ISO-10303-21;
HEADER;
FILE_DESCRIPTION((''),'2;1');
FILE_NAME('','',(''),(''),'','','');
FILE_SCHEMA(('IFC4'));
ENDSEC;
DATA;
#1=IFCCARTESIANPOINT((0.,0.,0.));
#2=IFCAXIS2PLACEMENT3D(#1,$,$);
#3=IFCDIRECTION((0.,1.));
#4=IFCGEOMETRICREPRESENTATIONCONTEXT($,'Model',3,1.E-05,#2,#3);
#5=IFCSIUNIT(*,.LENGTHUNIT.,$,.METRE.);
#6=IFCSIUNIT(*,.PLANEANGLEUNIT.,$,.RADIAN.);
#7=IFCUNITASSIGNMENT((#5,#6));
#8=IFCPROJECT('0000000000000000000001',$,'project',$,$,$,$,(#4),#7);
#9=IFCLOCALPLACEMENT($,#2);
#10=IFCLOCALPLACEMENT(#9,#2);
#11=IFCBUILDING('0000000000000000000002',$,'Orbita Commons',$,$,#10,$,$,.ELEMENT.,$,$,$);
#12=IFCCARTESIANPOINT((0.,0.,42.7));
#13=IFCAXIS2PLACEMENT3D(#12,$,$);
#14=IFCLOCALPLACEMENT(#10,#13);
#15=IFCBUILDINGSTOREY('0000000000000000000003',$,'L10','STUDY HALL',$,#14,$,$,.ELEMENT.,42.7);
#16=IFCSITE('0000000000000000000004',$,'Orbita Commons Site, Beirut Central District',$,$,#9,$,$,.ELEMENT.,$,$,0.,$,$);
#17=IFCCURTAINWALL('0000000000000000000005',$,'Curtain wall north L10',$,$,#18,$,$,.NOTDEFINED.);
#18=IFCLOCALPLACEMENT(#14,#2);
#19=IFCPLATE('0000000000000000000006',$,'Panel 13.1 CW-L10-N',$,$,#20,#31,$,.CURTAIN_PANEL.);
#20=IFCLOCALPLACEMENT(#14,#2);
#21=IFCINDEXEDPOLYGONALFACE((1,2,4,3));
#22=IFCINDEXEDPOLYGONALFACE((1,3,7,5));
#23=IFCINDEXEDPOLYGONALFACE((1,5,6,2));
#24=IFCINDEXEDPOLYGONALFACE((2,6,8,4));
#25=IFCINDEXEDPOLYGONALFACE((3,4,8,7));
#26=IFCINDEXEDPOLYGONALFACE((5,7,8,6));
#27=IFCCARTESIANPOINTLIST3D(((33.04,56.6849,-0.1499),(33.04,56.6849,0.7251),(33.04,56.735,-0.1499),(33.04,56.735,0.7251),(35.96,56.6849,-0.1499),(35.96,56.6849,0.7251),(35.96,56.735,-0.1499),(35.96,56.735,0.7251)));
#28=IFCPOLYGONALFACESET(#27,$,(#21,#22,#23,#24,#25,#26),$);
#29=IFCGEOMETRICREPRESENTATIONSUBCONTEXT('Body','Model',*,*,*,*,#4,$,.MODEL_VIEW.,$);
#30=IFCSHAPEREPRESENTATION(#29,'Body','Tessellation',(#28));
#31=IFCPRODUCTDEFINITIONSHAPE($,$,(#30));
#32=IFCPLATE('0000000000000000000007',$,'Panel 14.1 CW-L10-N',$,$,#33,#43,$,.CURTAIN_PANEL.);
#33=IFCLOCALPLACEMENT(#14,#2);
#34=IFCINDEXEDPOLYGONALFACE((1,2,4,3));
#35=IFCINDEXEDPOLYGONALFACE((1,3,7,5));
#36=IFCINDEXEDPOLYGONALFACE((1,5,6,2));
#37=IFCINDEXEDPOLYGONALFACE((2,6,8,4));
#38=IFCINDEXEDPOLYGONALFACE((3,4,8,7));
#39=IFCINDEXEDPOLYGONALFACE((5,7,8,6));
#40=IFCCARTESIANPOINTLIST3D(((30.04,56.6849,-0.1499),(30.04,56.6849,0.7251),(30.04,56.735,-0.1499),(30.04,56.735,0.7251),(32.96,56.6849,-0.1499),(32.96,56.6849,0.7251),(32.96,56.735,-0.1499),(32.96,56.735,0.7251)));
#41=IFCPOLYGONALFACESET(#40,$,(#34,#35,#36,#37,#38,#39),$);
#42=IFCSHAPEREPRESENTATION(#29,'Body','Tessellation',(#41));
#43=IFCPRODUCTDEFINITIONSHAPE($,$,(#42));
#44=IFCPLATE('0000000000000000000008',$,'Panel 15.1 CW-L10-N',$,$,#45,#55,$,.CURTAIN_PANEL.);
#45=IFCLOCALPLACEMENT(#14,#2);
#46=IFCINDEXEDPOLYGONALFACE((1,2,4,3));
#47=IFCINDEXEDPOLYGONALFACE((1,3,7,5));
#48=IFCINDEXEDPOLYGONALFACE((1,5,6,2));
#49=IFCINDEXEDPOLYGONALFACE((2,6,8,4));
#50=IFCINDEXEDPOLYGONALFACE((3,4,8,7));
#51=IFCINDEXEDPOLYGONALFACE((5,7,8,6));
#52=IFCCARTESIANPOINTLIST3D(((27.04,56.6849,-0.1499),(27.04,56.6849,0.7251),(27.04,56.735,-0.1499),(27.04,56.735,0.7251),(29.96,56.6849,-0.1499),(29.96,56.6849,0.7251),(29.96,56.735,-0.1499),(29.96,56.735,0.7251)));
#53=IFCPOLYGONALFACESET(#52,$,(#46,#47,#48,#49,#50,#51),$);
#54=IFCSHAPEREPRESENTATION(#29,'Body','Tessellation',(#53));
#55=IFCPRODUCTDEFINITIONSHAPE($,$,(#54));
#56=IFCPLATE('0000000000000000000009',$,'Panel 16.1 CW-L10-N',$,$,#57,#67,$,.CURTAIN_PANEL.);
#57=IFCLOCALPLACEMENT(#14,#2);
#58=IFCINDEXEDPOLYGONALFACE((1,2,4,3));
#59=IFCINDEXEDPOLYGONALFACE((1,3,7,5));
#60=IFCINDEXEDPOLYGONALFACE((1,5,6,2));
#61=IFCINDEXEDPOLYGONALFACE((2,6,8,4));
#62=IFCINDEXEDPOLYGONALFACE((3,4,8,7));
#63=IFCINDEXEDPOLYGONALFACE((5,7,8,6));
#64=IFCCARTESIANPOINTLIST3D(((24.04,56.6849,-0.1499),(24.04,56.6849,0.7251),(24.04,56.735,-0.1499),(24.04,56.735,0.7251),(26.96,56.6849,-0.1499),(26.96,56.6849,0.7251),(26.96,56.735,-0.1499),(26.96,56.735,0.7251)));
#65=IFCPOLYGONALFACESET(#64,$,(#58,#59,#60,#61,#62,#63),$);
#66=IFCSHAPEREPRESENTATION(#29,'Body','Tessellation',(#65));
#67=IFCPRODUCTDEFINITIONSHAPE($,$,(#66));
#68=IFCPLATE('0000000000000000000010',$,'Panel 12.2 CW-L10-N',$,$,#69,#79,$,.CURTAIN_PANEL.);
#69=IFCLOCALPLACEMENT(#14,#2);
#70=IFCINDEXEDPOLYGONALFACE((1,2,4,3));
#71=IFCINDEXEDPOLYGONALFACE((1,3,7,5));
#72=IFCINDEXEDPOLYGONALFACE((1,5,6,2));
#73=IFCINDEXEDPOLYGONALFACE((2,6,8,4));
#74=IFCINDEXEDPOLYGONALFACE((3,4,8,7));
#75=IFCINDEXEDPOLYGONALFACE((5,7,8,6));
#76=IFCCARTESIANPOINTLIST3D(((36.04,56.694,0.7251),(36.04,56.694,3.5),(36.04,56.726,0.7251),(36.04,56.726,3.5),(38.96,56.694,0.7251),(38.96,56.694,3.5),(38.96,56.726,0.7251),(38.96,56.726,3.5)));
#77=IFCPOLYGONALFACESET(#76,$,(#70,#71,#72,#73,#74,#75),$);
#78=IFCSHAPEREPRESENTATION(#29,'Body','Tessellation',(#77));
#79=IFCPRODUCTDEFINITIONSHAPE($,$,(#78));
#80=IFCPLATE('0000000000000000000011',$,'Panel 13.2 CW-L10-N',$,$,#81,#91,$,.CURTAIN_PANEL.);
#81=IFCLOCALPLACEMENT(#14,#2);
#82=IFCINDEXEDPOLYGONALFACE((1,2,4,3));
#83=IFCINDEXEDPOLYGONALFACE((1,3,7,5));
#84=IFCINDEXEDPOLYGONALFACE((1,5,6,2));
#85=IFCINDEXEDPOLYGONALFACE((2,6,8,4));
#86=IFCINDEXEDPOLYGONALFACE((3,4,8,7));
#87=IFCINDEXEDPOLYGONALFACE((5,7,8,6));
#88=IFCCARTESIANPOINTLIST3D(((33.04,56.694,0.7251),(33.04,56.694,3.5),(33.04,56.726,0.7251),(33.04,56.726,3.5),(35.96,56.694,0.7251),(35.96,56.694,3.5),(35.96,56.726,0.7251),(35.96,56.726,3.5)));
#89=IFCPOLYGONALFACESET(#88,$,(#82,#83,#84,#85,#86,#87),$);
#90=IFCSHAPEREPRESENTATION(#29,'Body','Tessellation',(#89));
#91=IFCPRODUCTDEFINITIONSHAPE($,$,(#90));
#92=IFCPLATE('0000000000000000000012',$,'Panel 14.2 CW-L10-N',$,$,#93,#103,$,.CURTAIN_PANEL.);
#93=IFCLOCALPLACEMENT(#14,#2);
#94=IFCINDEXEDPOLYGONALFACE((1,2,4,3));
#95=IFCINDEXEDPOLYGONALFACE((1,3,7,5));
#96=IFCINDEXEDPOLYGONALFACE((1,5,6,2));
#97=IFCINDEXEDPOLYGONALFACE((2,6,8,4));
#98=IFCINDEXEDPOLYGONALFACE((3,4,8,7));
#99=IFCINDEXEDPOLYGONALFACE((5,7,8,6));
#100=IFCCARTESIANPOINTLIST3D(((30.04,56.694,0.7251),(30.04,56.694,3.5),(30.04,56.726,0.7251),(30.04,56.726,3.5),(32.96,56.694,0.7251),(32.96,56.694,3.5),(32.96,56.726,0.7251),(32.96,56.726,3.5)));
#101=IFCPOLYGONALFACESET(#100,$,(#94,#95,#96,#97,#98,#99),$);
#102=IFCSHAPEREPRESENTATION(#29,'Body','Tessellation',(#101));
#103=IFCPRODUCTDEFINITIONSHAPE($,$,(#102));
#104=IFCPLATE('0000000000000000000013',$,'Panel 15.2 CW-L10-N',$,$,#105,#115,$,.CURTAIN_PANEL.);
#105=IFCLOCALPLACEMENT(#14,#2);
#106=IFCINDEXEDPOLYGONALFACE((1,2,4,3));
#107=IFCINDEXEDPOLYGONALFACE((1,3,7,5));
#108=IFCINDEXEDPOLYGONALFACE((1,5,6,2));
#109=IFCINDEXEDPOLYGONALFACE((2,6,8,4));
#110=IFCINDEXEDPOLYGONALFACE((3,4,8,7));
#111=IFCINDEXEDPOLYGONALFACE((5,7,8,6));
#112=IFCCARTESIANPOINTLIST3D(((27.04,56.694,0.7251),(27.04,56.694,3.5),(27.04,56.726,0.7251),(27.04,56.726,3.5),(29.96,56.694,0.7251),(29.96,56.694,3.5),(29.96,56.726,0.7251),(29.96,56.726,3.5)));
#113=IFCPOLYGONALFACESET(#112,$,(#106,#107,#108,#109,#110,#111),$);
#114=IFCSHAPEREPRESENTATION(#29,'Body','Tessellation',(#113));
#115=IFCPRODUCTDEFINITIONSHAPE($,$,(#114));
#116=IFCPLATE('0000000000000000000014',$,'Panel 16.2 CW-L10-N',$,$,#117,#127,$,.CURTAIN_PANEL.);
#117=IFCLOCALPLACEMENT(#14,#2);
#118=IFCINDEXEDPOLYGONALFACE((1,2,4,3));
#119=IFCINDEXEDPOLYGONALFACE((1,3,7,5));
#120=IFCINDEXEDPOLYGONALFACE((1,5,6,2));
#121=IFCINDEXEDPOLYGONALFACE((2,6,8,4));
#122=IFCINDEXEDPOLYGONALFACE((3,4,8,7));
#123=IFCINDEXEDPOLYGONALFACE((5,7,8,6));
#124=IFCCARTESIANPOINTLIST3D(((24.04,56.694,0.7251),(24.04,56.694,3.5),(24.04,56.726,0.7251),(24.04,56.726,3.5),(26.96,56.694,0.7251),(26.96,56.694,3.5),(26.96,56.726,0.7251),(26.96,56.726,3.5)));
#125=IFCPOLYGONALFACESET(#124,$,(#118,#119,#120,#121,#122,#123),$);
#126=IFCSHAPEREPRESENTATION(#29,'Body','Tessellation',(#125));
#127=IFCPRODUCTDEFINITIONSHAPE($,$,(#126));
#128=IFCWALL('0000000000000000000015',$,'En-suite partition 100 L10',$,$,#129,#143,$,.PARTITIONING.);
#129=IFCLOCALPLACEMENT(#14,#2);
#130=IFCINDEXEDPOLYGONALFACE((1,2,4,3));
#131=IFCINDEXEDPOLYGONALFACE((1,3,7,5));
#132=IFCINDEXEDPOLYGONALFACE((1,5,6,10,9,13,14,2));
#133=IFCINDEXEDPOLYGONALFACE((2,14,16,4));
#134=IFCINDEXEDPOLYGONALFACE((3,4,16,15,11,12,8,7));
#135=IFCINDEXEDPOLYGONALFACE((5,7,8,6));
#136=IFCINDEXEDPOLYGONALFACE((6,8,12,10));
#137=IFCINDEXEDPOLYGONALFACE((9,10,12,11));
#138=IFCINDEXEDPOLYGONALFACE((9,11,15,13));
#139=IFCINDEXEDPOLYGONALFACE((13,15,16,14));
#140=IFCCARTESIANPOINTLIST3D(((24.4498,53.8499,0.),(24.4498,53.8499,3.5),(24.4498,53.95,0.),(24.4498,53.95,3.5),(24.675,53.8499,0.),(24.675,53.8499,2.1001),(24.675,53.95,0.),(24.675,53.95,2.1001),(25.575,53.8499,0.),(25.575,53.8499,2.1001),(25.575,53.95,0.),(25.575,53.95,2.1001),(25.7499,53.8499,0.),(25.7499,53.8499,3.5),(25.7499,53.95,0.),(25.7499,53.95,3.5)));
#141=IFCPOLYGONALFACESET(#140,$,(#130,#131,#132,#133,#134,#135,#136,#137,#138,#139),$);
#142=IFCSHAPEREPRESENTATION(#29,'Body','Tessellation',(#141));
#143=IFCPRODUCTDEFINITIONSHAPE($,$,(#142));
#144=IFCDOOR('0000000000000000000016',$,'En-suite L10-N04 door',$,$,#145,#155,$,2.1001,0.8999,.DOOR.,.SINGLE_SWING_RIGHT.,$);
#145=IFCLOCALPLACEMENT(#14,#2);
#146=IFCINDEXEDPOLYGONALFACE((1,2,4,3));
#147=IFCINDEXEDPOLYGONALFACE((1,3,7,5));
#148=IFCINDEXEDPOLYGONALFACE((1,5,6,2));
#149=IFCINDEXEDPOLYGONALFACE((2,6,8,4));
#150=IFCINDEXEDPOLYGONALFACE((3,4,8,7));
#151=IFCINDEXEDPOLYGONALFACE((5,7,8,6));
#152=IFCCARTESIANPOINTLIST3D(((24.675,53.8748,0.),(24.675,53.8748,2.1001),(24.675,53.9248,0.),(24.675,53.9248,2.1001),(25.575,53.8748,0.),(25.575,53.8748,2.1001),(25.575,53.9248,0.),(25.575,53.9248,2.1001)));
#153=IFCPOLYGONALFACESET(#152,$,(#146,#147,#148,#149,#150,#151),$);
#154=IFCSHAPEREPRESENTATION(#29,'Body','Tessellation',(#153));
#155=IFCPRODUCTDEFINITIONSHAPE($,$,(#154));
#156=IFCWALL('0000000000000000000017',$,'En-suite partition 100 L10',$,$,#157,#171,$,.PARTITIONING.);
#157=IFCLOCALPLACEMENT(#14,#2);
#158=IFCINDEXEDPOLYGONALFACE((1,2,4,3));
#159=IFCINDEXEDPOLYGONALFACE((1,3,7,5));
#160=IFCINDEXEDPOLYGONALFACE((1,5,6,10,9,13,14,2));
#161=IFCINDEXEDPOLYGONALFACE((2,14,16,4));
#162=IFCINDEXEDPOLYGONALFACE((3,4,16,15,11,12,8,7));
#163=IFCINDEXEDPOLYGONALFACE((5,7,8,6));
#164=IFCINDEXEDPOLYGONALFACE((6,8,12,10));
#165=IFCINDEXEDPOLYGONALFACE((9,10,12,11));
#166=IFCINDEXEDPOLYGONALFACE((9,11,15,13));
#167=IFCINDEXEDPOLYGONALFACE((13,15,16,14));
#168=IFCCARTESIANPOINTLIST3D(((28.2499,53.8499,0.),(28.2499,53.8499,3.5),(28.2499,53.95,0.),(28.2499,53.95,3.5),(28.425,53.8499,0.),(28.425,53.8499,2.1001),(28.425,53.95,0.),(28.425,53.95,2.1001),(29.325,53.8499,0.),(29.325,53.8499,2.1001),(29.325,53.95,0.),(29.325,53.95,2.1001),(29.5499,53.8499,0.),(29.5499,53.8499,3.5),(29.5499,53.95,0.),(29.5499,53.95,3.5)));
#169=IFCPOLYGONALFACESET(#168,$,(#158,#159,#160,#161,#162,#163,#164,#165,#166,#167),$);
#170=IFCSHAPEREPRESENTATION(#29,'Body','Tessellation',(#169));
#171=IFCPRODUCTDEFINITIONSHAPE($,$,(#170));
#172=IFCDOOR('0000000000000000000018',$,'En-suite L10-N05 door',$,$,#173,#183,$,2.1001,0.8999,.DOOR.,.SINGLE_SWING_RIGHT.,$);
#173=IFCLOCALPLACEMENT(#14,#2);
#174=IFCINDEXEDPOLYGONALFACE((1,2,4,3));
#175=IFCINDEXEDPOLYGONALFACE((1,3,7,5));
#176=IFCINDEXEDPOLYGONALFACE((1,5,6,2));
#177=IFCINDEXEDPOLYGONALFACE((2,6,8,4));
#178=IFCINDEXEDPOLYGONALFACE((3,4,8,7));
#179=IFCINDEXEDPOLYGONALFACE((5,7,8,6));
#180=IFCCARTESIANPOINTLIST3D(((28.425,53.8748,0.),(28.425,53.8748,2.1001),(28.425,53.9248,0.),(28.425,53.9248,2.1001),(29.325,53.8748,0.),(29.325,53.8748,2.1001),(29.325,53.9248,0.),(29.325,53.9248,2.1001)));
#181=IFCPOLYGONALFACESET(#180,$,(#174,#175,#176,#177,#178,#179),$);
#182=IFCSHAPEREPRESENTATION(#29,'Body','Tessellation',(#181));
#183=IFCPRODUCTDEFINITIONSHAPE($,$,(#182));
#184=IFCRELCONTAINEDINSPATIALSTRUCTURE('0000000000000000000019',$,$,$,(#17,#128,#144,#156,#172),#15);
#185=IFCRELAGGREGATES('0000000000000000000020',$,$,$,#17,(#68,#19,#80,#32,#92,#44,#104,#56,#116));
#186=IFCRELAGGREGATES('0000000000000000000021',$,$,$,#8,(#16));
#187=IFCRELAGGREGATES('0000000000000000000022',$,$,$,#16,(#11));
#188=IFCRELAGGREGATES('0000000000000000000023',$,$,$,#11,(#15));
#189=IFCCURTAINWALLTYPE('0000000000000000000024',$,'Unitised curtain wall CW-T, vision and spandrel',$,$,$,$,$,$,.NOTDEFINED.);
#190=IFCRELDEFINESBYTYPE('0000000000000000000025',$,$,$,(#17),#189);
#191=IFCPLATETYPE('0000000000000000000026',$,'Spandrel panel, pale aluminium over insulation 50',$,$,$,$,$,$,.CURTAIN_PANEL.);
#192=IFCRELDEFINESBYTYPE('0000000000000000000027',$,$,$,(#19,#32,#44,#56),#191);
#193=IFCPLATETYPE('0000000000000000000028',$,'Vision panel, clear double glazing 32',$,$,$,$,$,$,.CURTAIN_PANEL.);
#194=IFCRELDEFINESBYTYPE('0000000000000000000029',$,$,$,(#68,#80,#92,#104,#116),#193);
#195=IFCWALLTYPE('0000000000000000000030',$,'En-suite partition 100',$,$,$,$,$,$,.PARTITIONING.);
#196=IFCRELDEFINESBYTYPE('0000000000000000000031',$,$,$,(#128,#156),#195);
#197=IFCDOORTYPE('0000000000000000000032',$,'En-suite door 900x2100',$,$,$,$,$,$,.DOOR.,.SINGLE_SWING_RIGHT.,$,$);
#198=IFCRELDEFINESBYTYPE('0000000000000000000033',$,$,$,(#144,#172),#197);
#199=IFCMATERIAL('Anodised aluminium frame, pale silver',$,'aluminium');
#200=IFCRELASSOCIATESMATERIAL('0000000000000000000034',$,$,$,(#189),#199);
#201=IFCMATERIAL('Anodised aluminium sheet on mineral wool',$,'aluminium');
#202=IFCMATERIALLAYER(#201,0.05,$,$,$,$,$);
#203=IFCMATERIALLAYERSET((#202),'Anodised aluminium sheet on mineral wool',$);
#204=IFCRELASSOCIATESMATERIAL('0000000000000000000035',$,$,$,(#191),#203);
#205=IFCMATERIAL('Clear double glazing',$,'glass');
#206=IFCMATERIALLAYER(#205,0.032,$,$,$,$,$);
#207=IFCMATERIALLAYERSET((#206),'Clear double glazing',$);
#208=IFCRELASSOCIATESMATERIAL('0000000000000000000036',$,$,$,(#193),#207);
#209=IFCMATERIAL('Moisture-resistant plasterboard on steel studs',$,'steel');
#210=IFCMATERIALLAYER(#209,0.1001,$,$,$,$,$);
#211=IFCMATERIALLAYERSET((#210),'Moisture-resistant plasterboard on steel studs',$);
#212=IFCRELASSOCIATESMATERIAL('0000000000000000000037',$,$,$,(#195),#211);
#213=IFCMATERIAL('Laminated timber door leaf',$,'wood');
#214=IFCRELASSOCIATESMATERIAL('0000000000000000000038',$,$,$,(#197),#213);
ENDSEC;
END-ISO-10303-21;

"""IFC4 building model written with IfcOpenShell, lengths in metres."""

from ifc_helpers import new_model, si_unit, direction, frame, frame_2d, origin, origin_2d, place, context, subcontext, project, spatial, rectangle, extrude, material, layer, layer_set, type_object, element, fill, aggregate, save


model = new_model("IFC4")

# Units and contexts
model_context = context("Model", 3, precision=1e-05, world=origin(), true_north=direction((0.0, 1.0)))
body_context = subcontext(model_context, "Body", "Model", "MODEL_VIEW")
ifc_project = project(units=[si_unit("LENGTHUNIT", "METRE"), si_unit("PLANEANGLEUNIT", "RADIAN")], contexts=[model_context])

# Site, building, storey
site_placement = place(None, origin())
site = spatial("IfcSite", under=ifc_project, at=site_placement, Name="Orbita Commons Site, Beirut Central District", CompositionType="ELEMENT", RefElevation=0.0)
building_placement = place(site_placement, origin())
building = spatial("IfcBuilding", under=site, at=building_placement, Name="Orbita Commons", CompositionType="ELEMENT")
storey_placement = place(building_placement, frame((0.0, 0.0, 42.7)))
storey = spatial("IfcBuildingStorey", under=building, at=storey_placement, Name="L10", Description="STUDY HALL", CompositionType="ELEMENT", Elevation=42.7)

# Curtain wall, plates
ifc_material_1 = material(Name="Anodised aluminium frame, pale silver", Category="aluminium")
curtain_wall_type = type_object("IfcCurtainWallType", Name="Unitised curtain wall CW-T, vision and spandrel", PredefinedType="NOTDEFINED", material=ifc_material_1)
curtain_wall_placement = place(storey_placement, origin())
curtain_wall = element("IfcCurtainWall", 1, at=curtain_wall_placement, inside=storey, type_object=curtain_wall_type, Name="Curtain wall north L10", PredefinedType="NOTDEFINED")
ifc_material_2 = material(Name="Anodised aluminium sheet on mineral wool", Category="aluminium")
ifc_layer_1 = layer(ifc_material_2, 0.05)
ifc_layer_set_1 = layer_set([ifc_layer_1], Name="Anodised aluminium sheet on mineral wool")
plate_type_1 = type_object("IfcPlateType", Name="Spandrel panel, pale aluminium over insulation 50", PredefinedType="CURTAIN_PANEL", material=ifc_layer_set_1)
plate_1_placement = place(storey_placement, frame((34.5, 56.71, -0.1499), z_axis=(0.0, 0.0, 1.0), x_axis=(-1.0, 0.0, 0.0)))
plate_1 = element("IfcPlate", 2, at=plate_1_placement, type_object=plate_type_1, Name="Panel 13.1 CW-L10-N", PredefinedType="CURTAIN_PANEL", context=body_context, shape_type="SweptSolid", body=[
    extrude(rectangle(XDim=2.9199, YDim=0.05, at=origin_2d()), origin(), (0.0, 0.0, 1.0), 0.875),
])
plate_2_placement = place(storey_placement, frame((31.5, 56.71, -0.1499), z_axis=(0.0, 0.0, 1.0), x_axis=(-1.0, 0.0, 0.0)))
plate_2 = element("IfcPlate", 3, at=plate_2_placement, type_object=plate_type_1, Name="Panel 14.1 CW-L10-N", PredefinedType="CURTAIN_PANEL", context=body_context, shape_type="SweptSolid", body=[
    extrude(rectangle(XDim=2.9199, YDim=0.05, at=origin_2d()), origin(), (0.0, 0.0, 1.0), 0.875),
])
plate_3_placement = place(storey_placement, frame((28.5, 56.71, -0.1499), z_axis=(0.0, 0.0, 1.0), x_axis=(-1.0, 0.0, 0.0)))
plate_3 = element("IfcPlate", 4, at=plate_3_placement, type_object=plate_type_1, Name="Panel 15.1 CW-L10-N", PredefinedType="CURTAIN_PANEL", context=body_context, shape_type="SweptSolid", body=[
    extrude(rectangle(XDim=2.9199, YDim=0.05, at=origin_2d()), origin(), (0.0, 0.0, 1.0), 0.875),
])
plate_4_placement = place(storey_placement, frame((25.5, 56.71, -0.1499), z_axis=(0.0, 0.0, 1.0), x_axis=(-1.0, 0.0, 0.0)))
plate_4 = element("IfcPlate", 5, at=plate_4_placement, type_object=plate_type_1, Name="Panel 16.1 CW-L10-N", PredefinedType="CURTAIN_PANEL", context=body_context, shape_type="SweptSolid", body=[
    extrude(rectangle(XDim=2.9199, YDim=0.05, at=origin_2d()), origin(), (0.0, 0.0, 1.0), 0.875),
])
ifc_material_3 = material(Name="Clear double glazing", Category="glass")
ifc_layer_2 = layer(ifc_material_3, 0.032)
ifc_layer_set_2 = layer_set([ifc_layer_2], Name="Clear double glazing")
plate_type_2 = type_object("IfcPlateType", Name="Vision panel, clear double glazing 32", PredefinedType="CURTAIN_PANEL", material=ifc_layer_set_2)
plate_5_placement = place(storey_placement, frame((37.5, 56.71, 0.7251), z_axis=(0.0, 0.0, 1.0), x_axis=(-1.0, 0.0, 0.0)))
plate_5 = element("IfcPlate", 6, at=plate_5_placement, type_object=plate_type_2, Name="Panel 12.2 CW-L10-N", PredefinedType="CURTAIN_PANEL", context=body_context, shape_type="SweptSolid", body=[
    extrude(rectangle(XDim=2.9199, YDim=0.032, at=origin_2d()), origin(), (0.0, 0.0, 1.0), 2.7749),
])
plate_6_placement = place(storey_placement, frame((34.5, 56.71, 0.7251), z_axis=(0.0, 0.0, 1.0), x_axis=(-1.0, 0.0, 0.0)))
plate_6 = element("IfcPlate", 7, at=plate_6_placement, type_object=plate_type_2, Name="Panel 13.2 CW-L10-N", PredefinedType="CURTAIN_PANEL", context=body_context, shape_type="SweptSolid", body=[
    extrude(rectangle(XDim=2.9199, YDim=0.032, at=origin_2d()), origin(), (0.0, 0.0, 1.0), 2.7749),
])
plate_7_placement = place(storey_placement, frame((31.5, 56.71, 0.7251), z_axis=(0.0, 0.0, 1.0), x_axis=(-1.0, 0.0, 0.0)))
plate_7 = element("IfcPlate", 8, at=plate_7_placement, type_object=plate_type_2, Name="Panel 14.2 CW-L10-N", PredefinedType="CURTAIN_PANEL", context=body_context, shape_type="SweptSolid", body=[
    extrude(rectangle(XDim=2.9199, YDim=0.032, at=origin_2d()), origin(), (0.0, 0.0, 1.0), 2.7749),
])
plate_8_placement = place(storey_placement, frame((28.5, 56.71, 0.7251), z_axis=(0.0, 0.0, 1.0), x_axis=(-1.0, 0.0, 0.0)))
plate_8 = element("IfcPlate", 9, at=plate_8_placement, type_object=plate_type_2, Name="Panel 15.2 CW-L10-N", PredefinedType="CURTAIN_PANEL", context=body_context, shape_type="SweptSolid", body=[
    extrude(rectangle(XDim=2.9199, YDim=0.032, at=origin_2d()), origin(), (0.0, 0.0, 1.0), 2.7749),
])
plate_9_placement = place(storey_placement, frame((25.5, 56.71, 0.7251), z_axis=(0.0, 0.0, 1.0), x_axis=(-1.0, 0.0, 0.0)))
plate_9 = element("IfcPlate", 10, at=plate_9_placement, type_object=plate_type_2, Name="Panel 16.2 CW-L10-N", PredefinedType="CURTAIN_PANEL", context=body_context, shape_type="SweptSolid", body=[
    extrude(rectangle(XDim=2.9199, YDim=0.032, at=origin_2d()), origin(), (0.0, 0.0, 1.0), 2.7749),
])
aggregate(curtain_wall, [plate_5, plate_1, plate_6, plate_2, plate_7, plate_3, plate_8, plate_4, plate_9])

# Walls, openings, doors
ifc_material_4 = material(Name="Moisture-resistant plasterboard on steel studs", Category="steel")
ifc_layer_3 = layer(ifc_material_4, 0.1001)
ifc_layer_set_3 = layer_set([ifc_layer_3], Name="Moisture-resistant plasterboard on steel studs")
wall_type_1 = type_object("IfcWallType", Name="En-suite partition 100", PredefinedType="PARTITIONING", material=ifc_layer_set_3)
wall_1_placement = place(storey_placement, frame((24.45, 53.8999, 0.0), z_axis=(0.0, 0.0, 1.0), x_axis=(1.0, 0.0, 0.0)))
wall_1 = element("IfcWall", 11, at=wall_1_placement, inside=storey, type_object=wall_type_1, Name="En-suite partition 100 L10", PredefinedType="PARTITIONING", context=body_context, shape_type="SweptSolid", body=[
    extrude(rectangle(XDim=1.3, YDim=0.1001, at=frame_2d((0.6499, 0.0))), origin(), (0.0, 0.0, 1.0), 3.5),
])
opening_1_placement = place(wall_1_placement, frame((0.2251, 0.0, 0.0)))
opening_1 = element("IfcOpeningElement", 12, at=opening_1_placement, cuts=wall_1, PredefinedType="OPENING", context=body_context, shape_type="SweptSolid", body=[
    extrude(rectangle(XDim=0.8999, YDim=2.1001, at=frame_2d((0.45, 1.05))), frame((0.0, 0.0601, 0.0), z_axis=(0.0, -1.0, 0.0), x_axis=(1.0, 0.0, 0.0)), (0.0, 0.0, 1.0), 0.1201),
])
ifc_material_5 = material(Name="Laminated timber door leaf", Category="wood")
door_type = type_object("IfcDoorType", Name="En-suite door 900x2100", OperationType="SINGLE_SWING_RIGHT", PredefinedType="DOOR", material=ifc_material_5)
door_1_placement = place(opening_1_placement, origin())
door_1 = element("IfcDoor", 13, at=door_1_placement, inside=storey, type_object=door_type, Name="En-suite L10-N04 door", OperationType="SINGLE_SWING_RIGHT", OverallHeight=2.1001, OverallWidth=0.8999, PredefinedType="DOOR", context=body_context, shape_type="SweptSolid", body=[
    extrude(rectangle(XDim=0.8999, YDim=2.1001, at=frame_2d((0.45, 1.05))), frame((0.0, 0.0249, 0.0), z_axis=(0.0, -1.0, 0.0), x_axis=(1.0, 0.0, 0.0)), (0.0, 0.0, 1.0), 0.05),
])
fill(opening_1, door_1)
wall_2_placement = place(storey_placement, frame((28.25, 53.8999, 0.0), z_axis=(0.0, 0.0, 1.0), x_axis=(1.0, 0.0, 0.0)))
wall_2 = element("IfcWall", 14, at=wall_2_placement, inside=storey, type_object=wall_type_1, Name="En-suite partition 100 L10", PredefinedType="PARTITIONING", context=body_context, shape_type="SweptSolid", body=[
    extrude(rectangle(XDim=1.3, YDim=0.1001, at=frame_2d((0.6499, 0.0))), origin(), (0.0, 0.0, 1.0), 3.5),
])
opening_2_placement = place(wall_2_placement, frame((0.175, 0.0, 0.0)))
opening_2 = element("IfcOpeningElement", 15, at=opening_2_placement, cuts=wall_2, PredefinedType="OPENING", context=body_context, shape_type="SweptSolid", body=[
    extrude(rectangle(XDim=0.8999, YDim=2.1001, at=frame_2d((0.45, 1.05))), frame((0.0, 0.0601, 0.0), z_axis=(0.0, -1.0, 0.0), x_axis=(1.0, 0.0, 0.0)), (0.0, 0.0, 1.0), 0.1201),
])
door_2_placement = place(opening_2_placement, origin())
door_2 = element("IfcDoor", 16, at=door_2_placement, inside=storey, type_object=door_type, Name="En-suite L10-N05 door", OperationType="SINGLE_SWING_RIGHT", OverallHeight=2.1001, OverallWidth=0.8999, PredefinedType="DOOR", context=body_context, shape_type="SweptSolid", body=[
    extrude(rectangle(XDim=0.8999, YDim=2.1001, at=frame_2d((0.45, 1.05))), frame((0.0, 0.0249, 0.0), z_axis=(0.0, -1.0, 0.0), x_axis=(1.0, 0.0, 0.0)), (0.0, 0.0, 1.0), 0.05),
])
fill(opening_2, door_2)

save(model, "model.ifc")
